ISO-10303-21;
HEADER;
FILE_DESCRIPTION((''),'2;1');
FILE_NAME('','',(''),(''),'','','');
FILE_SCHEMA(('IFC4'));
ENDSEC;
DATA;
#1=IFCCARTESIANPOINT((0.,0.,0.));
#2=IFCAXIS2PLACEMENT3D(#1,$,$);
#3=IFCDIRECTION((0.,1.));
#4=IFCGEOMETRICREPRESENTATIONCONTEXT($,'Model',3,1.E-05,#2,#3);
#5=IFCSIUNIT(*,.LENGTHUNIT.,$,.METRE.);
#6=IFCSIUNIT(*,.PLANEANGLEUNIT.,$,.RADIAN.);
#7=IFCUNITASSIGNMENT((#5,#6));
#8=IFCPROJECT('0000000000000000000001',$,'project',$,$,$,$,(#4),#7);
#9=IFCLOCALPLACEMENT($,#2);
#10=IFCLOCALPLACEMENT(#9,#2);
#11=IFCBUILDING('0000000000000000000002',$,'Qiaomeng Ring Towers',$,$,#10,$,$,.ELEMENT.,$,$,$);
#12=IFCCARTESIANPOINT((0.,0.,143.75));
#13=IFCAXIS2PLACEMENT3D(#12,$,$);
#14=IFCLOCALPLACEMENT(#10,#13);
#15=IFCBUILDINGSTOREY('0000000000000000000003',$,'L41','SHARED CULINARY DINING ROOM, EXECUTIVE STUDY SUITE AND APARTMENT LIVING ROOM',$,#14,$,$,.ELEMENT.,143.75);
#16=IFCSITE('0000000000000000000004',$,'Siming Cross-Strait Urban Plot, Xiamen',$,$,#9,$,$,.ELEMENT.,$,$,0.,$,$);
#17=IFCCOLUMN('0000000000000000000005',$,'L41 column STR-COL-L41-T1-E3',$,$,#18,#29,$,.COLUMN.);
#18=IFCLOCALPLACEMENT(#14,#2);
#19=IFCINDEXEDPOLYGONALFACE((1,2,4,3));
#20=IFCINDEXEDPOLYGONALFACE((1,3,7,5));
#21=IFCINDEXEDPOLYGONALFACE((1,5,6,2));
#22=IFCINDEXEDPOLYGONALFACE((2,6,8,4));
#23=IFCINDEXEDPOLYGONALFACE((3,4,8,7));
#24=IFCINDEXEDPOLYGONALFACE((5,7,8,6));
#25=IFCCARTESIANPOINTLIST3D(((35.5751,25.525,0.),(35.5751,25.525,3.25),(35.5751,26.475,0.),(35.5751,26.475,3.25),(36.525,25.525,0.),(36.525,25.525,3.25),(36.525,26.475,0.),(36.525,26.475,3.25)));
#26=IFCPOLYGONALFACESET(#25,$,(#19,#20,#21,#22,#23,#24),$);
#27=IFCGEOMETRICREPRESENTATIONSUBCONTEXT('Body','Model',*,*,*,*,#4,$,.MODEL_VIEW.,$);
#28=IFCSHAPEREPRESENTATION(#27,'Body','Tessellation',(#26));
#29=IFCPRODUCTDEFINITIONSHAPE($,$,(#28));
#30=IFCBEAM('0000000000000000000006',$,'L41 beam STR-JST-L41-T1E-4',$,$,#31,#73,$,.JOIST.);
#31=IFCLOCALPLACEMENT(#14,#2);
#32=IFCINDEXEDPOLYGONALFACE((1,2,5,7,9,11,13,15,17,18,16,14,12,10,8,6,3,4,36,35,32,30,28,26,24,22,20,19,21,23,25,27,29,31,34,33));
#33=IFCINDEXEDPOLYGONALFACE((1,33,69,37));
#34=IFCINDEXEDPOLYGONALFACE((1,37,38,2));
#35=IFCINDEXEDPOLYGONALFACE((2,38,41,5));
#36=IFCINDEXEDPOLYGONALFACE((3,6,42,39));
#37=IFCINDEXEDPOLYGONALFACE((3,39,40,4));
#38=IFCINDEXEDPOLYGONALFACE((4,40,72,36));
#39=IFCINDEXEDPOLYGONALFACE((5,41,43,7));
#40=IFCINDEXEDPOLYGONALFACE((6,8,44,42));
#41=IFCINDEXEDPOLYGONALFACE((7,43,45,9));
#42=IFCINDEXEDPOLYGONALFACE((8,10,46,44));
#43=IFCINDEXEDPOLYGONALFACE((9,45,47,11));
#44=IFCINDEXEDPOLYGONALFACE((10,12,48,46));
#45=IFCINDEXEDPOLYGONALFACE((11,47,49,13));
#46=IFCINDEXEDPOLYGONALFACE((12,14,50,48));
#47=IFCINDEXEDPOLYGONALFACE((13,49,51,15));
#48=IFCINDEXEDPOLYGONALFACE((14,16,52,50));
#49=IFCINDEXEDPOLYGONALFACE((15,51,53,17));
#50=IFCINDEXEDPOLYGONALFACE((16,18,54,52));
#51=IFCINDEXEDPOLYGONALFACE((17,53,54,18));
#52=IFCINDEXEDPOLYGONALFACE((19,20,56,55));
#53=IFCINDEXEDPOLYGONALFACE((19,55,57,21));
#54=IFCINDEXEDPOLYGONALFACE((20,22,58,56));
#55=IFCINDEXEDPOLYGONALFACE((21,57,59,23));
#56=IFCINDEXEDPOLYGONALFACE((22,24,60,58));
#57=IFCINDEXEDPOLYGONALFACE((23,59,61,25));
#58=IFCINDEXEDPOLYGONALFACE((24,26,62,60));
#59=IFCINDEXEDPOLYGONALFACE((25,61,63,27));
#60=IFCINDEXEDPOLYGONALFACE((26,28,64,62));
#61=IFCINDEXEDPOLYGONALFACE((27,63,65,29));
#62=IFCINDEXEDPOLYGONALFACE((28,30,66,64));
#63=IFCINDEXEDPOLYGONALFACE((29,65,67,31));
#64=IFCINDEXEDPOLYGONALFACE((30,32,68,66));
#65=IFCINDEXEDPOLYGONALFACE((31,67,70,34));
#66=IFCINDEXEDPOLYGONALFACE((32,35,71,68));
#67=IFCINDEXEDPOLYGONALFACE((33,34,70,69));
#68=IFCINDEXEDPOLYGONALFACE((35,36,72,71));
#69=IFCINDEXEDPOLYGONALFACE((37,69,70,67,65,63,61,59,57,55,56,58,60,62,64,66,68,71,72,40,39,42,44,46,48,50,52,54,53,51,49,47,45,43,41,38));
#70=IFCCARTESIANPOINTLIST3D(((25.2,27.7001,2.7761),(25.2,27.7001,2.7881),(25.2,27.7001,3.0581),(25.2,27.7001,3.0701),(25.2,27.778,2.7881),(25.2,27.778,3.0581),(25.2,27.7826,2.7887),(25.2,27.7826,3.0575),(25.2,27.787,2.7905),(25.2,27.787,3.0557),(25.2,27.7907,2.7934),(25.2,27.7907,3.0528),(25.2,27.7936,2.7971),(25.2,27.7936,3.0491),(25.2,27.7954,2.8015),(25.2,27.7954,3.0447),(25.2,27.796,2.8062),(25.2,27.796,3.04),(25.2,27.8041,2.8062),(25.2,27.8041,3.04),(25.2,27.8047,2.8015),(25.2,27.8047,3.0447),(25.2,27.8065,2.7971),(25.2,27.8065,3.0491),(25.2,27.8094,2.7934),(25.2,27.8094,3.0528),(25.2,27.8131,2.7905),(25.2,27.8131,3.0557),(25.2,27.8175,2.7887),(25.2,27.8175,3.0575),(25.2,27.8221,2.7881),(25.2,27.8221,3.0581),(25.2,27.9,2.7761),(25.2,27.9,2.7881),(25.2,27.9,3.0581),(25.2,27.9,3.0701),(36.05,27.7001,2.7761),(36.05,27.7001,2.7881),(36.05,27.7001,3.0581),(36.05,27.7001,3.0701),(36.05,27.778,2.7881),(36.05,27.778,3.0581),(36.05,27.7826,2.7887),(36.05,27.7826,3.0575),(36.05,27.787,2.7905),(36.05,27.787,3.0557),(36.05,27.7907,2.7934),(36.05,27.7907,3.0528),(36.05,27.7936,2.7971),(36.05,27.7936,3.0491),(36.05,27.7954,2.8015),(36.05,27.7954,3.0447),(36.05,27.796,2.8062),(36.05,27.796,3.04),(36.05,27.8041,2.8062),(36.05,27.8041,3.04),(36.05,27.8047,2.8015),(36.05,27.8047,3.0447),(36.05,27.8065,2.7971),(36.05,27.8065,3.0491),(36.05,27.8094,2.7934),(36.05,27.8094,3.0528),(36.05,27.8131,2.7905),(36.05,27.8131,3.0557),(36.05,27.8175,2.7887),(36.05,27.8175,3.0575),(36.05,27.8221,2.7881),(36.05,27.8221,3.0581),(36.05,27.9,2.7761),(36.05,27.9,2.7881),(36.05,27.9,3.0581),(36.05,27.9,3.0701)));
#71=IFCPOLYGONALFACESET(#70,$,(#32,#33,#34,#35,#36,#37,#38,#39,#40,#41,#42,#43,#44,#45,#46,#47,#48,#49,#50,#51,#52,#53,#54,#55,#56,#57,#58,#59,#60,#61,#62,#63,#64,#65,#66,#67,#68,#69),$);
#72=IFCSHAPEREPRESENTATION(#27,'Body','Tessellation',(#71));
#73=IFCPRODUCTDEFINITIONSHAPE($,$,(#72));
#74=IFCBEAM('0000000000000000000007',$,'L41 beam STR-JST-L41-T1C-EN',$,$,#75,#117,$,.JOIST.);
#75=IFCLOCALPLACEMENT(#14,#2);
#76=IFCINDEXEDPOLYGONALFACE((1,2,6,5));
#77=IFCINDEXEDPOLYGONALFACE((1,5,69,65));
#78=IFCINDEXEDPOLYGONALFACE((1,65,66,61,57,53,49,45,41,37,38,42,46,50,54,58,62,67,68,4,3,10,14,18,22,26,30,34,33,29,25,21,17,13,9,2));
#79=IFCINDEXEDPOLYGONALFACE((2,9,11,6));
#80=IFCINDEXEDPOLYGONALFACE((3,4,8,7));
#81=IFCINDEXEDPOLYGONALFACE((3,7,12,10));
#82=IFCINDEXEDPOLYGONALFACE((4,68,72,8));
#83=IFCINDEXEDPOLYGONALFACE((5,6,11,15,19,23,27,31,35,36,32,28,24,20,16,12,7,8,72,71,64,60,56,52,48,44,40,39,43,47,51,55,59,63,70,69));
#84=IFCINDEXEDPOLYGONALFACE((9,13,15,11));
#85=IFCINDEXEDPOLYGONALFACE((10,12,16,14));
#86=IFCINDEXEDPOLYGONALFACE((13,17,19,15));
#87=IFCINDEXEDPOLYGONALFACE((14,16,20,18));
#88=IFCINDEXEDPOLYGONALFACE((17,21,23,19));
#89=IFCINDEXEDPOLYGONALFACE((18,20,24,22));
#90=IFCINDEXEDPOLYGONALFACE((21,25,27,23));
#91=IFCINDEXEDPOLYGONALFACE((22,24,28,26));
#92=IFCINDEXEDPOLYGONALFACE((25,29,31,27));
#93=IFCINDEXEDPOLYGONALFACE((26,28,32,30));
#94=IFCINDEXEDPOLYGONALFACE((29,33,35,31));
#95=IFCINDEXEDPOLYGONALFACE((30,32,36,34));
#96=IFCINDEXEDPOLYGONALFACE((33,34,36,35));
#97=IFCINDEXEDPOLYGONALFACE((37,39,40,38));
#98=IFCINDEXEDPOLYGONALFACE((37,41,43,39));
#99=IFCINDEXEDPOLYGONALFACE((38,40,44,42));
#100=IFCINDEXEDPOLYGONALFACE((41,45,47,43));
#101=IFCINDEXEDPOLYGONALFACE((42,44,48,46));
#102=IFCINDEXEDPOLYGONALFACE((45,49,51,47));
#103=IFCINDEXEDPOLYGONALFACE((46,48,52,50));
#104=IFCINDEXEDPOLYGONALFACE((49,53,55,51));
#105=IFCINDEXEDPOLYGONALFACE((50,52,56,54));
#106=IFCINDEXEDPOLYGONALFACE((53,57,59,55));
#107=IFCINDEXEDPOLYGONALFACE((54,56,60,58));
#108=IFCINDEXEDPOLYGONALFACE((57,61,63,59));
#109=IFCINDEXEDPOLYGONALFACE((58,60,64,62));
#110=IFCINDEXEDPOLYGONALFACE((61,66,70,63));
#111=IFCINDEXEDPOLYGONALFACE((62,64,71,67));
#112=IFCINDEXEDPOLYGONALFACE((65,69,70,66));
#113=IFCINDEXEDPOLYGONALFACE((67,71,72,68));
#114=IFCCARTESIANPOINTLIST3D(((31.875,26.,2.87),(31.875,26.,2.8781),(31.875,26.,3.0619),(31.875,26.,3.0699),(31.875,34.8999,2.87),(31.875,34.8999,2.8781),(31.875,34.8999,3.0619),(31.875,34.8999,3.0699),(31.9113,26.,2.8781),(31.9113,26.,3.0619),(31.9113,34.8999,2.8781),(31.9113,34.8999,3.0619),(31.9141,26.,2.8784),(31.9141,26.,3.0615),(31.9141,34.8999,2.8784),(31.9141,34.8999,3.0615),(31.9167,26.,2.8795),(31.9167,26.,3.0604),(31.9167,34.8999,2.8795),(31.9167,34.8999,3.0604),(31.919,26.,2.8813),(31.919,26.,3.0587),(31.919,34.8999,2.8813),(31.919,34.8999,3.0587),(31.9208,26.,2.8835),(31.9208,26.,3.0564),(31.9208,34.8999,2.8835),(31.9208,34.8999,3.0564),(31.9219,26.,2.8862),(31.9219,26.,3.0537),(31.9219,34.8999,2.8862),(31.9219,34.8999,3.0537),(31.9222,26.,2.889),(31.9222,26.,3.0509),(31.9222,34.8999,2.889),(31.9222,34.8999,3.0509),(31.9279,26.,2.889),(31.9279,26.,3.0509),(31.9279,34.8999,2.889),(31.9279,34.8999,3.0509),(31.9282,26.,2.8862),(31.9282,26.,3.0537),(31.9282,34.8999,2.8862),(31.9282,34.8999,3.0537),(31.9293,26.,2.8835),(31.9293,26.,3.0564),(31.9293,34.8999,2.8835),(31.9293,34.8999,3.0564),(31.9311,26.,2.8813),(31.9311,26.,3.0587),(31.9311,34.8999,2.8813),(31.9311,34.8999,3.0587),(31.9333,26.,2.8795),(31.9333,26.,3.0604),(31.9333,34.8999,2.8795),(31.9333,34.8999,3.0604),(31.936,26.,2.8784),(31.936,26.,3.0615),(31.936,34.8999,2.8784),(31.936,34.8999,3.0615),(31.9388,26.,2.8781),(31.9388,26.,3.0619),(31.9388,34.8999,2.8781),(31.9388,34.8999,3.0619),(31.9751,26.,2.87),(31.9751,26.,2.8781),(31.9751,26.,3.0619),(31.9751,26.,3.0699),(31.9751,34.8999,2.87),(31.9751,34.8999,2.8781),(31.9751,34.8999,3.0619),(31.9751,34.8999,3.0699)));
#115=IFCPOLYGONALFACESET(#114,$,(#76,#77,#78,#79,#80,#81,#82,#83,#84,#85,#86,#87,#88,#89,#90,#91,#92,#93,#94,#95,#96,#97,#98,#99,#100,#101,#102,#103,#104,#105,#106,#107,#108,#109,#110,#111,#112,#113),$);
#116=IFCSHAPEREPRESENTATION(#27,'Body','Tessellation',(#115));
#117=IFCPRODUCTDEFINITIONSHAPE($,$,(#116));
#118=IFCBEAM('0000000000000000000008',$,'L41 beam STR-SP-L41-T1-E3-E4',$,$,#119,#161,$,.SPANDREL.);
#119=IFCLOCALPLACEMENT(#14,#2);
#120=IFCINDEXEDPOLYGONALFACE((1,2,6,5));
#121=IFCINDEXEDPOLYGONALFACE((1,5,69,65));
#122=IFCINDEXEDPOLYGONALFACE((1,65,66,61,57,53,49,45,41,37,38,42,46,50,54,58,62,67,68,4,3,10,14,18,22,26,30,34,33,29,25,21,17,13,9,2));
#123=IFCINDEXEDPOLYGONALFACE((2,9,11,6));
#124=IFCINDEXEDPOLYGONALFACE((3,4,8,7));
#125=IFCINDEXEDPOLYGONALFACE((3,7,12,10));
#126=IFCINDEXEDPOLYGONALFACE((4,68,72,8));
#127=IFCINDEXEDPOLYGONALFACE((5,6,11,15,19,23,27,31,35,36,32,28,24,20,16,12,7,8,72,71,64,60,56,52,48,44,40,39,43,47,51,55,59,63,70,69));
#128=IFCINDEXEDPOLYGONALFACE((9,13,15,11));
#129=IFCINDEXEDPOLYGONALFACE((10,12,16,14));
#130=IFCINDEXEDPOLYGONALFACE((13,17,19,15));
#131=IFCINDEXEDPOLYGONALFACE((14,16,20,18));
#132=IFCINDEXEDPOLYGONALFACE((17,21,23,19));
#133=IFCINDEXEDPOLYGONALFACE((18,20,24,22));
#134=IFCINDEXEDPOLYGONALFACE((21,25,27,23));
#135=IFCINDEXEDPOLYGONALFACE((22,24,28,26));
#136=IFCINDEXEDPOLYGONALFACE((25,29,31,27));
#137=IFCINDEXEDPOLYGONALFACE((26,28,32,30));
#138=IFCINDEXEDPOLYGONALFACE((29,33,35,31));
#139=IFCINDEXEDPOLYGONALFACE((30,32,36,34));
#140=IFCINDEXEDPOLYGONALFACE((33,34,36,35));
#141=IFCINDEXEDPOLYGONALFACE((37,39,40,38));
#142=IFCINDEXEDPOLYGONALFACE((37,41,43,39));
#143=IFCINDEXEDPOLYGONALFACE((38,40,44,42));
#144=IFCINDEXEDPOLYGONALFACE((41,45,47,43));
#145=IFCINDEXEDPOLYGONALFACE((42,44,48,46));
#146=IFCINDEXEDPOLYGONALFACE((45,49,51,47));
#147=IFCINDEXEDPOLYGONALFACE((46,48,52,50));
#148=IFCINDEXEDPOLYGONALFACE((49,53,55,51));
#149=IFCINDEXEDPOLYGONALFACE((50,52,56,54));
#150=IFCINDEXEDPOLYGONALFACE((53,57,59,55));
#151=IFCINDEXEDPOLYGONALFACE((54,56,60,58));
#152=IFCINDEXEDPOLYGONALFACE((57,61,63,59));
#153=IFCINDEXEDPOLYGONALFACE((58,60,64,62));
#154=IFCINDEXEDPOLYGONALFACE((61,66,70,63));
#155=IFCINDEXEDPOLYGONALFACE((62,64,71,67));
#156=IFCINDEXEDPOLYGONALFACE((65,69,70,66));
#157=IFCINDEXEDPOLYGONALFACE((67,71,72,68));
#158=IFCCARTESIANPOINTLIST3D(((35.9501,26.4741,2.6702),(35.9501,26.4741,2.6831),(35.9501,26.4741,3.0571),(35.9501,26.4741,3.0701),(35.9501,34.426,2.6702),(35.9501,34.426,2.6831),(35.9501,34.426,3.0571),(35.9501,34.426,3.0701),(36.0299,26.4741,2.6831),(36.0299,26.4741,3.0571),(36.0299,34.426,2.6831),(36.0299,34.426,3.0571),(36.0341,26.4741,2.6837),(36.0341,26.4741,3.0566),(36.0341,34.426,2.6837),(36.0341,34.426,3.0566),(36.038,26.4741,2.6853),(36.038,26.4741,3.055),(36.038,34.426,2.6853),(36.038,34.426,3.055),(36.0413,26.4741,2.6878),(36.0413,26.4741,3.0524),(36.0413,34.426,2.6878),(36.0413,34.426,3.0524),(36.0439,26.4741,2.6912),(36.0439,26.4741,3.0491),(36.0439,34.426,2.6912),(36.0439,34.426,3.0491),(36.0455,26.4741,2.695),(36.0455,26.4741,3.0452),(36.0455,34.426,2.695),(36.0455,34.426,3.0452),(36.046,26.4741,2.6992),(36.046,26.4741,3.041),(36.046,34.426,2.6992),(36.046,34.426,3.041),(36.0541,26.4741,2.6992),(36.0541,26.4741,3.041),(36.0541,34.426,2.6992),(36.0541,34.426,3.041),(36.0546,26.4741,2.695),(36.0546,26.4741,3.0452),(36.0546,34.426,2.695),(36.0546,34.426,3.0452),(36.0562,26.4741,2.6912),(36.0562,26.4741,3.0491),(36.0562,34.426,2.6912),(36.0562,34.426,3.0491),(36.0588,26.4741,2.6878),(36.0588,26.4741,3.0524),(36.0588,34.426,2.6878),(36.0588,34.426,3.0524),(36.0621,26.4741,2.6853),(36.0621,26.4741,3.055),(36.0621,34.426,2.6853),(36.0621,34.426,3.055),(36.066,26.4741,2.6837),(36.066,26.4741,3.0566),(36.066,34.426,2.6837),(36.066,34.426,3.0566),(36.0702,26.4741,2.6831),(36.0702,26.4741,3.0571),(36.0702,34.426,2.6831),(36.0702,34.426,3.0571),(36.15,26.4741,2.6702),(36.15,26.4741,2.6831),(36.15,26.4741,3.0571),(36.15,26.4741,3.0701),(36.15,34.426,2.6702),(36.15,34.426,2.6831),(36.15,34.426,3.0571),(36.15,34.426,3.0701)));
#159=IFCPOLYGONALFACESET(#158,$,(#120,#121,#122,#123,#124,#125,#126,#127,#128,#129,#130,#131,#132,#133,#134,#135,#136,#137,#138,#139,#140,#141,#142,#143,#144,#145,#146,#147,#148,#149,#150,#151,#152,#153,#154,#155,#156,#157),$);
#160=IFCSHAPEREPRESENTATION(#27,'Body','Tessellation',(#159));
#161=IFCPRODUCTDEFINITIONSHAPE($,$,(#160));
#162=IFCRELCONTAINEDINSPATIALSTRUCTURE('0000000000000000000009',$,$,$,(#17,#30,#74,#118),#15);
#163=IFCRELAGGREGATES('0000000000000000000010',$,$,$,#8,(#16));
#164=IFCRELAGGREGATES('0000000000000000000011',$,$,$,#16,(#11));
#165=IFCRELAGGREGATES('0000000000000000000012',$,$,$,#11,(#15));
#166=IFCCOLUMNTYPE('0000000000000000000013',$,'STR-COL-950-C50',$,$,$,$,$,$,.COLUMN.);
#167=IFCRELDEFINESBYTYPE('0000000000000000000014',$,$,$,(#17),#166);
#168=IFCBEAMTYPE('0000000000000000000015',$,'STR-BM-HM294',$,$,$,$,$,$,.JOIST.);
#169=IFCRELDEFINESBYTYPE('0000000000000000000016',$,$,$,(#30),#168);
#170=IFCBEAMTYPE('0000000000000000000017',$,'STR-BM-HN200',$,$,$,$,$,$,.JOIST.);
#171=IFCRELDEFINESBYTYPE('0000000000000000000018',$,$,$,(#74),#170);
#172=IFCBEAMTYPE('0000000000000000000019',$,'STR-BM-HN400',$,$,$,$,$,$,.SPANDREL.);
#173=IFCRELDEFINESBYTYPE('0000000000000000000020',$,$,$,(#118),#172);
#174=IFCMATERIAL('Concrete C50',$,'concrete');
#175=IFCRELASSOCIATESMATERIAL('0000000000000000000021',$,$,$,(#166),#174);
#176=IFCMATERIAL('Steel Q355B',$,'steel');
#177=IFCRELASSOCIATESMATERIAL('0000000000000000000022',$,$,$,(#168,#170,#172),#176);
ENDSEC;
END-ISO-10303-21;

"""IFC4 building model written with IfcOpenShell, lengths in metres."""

from ifc_helpers import new_model, si_unit, direction, frame, origin, origin_2d, place, context, subcontext, project, spatial, rectangle, i_section, extrude, source, transform, mapped, material, material_profile, profile_set, type_object, element, save


model = new_model("IFC4")

# Units and contexts
model_context = context("Model", 3, precision=1e-05, world=origin(), true_north=direction((0.0, 1.0)))
body_context = subcontext(model_context, "Body", "Model", "MODEL_VIEW")
ifc_project = project(units=[si_unit("LENGTHUNIT", "METRE"), si_unit("PLANEANGLEUNIT", "RADIAN")], contexts=[model_context])

# Site, building, storey
site_placement = place(None, origin())
site = spatial("IfcSite", under=ifc_project, at=site_placement, Name="Siming Cross-Strait Urban Plot, Xiamen", CompositionType="ELEMENT", RefElevation=0.0)
building_placement = place(site_placement, origin())
building = spatial("IfcBuilding", under=site, at=building_placement, Name="Qiaomeng Ring Towers", CompositionType="ELEMENT")
storey_placement = place(building_placement, frame((0.0, 0.0, 143.75)))
storey = spatial("IfcBuildingStorey", under=building, at=storey_placement, Name="L41", Description="SHARED CULINARY DINING ROOM, EXECUTIVE STUDY SUITE AND APARTMENT LIVING ROOM", CompositionType="ELEMENT", Elevation=143.75)

# Column
ifc_material_1 = material(Name="Concrete C50", Category="concrete")
ifc_material_profile_1 = material_profile(ifc_material_1, rectangle(XDim=0.95, YDim=0.95, at=origin_2d()), Name="RC COL 950x950")
ifc_profile_set_1 = profile_set([ifc_material_profile_1], Name="Concrete C50")
column_type = type_object("IfcColumnType", Name="STR-COL-950-C50", PredefinedType="COLUMN", material=ifc_profile_set_1)
shared_shape_1 = source(origin(), body_context, "Body", "SweptSolid", [
    extrude(rectangle(XDim=0.95, YDim=0.95, at=origin_2d()), origin(), (0.0, 0.0, 1.0), 3.25),
])
column_placement = place(storey_placement, frame((36.05, 26.0, 0.0), z_axis=(0.0, 0.0, 1.0), x_axis=(1.0, 0.0, 0.0)))
element("IfcColumn", 1, at=column_placement, inside=storey, type_object=column_type, Name="L41 column STR-COL-L41-T1-E3", PredefinedType="COLUMN", context=body_context, shape_type="MappedRepresentation", body=[
    mapped(shared_shape_1, transform((0.0, 0.0, 0.0), x_axis=(1.0, 0.0, 0.0), y_axis=(0.0, 1.0, 0.0), z_axis=(0.0, 0.0, 1.0), scale=1.0)),
])

# Beams
ifc_material_2 = material(Name="Steel Q355B", Category="steel")
ifc_material_profile_2 = material_profile(ifc_material_2, i_section(OverallWidth=0.2, OverallDepth=0.2939, WebThickness=0.0081, FlangeThickness=0.012, FilletRadius=0.0181, at=origin_2d()), Name="HM 294x200x8x12")
ifc_profile_set_2 = profile_set([ifc_material_profile_2], Name="Steel Q355B")
beam_type_1 = type_object("IfcBeamType", Name="STR-BM-HM294", PredefinedType="JOIST", material=ifc_profile_set_2)
shared_shape_2 = source(origin(), body_context, "Body", "SweptSolid", [
    extrude(i_section(OverallWidth=0.2, OverallDepth=0.2939, WebThickness=0.0081, FlangeThickness=0.012, FilletRadius=0.0181, at=origin_2d()), origin(), (0.0, 0.0, 1.0), 10.8501),
])
beam_1_placement = place(storey_placement, frame((25.2, 27.8, 2.9231), z_axis=(1.0, 0.0, 0.0), x_axis=(0.0, 1.0, 0.0)))
element("IfcBeam", 2, at=beam_1_placement, inside=storey, type_object=beam_type_1, Name="L41 beam STR-JST-L41-T1E-4", PredefinedType="JOIST", context=body_context, shape_type="MappedRepresentation", body=[
    mapped(shared_shape_2, transform((0.0, 0.0, 0.0), x_axis=(1.0, 0.0, 0.0), y_axis=(0.0, 1.0, 0.0), z_axis=(0.0, 0.0, 1.0), scale=1.0)),
])
ifc_material_profile_3 = material_profile(ifc_material_2, i_section(OverallWidth=0.1001, OverallDepth=0.2, WebThickness=0.0056, FlangeThickness=0.0081, FilletRadius=0.011, at=origin_2d()), Name="HN 200x100x5.5x8")
ifc_profile_set_3 = profile_set([ifc_material_profile_3], Name="Steel Q355B")
beam_type_2 = type_object("IfcBeamType", Name="STR-BM-HN200", PredefinedType="JOIST", material=ifc_profile_set_3)
shared_shape_3 = source(origin(), body_context, "Body", "SweptSolid", [
    extrude(i_section(OverallWidth=0.1001, OverallDepth=0.2, WebThickness=0.0056, FlangeThickness=0.0081, FilletRadius=0.011, at=origin_2d()), origin(), (0.0, 0.0, 1.0), 8.8999),
])
beam_2_placement = place(storey_placement, frame((31.925, 26.0, 2.97), z_axis=(0.0, 1.0, 0.0), x_axis=(-1.0, 0.0, 0.0)))
element("IfcBeam", 3, at=beam_2_placement, inside=storey, type_object=beam_type_2, Name="L41 beam STR-JST-L41-T1C-EN", PredefinedType="JOIST", context=body_context, shape_type="MappedRepresentation", body=[
    mapped(shared_shape_3, transform((0.0, 0.0, 0.0), x_axis=(1.0, 0.0, 0.0), y_axis=(0.0, 1.0, 0.0), z_axis=(0.0, 0.0, 1.0), scale=1.0)),
])
ifc_material_profile_4 = material_profile(ifc_material_2, i_section(OverallWidth=0.2, OverallDepth=0.3999, WebThickness=0.0081, FlangeThickness=0.0129, FilletRadius=0.0161, at=origin_2d()), Name="HN 400x200x8x13")
ifc_profile_set_4 = profile_set([ifc_material_profile_4], Name="Steel Q355B")
beam_type_3 = type_object("IfcBeamType", Name="STR-BM-HN400", PredefinedType="SPANDREL", material=ifc_profile_set_4)
shared_shape_4 = source(origin(), body_context, "Body", "SweptSolid", [
    extrude(i_section(OverallWidth=0.2, OverallDepth=0.3999, WebThickness=0.0081, FlangeThickness=0.0129, FilletRadius=0.0161, at=origin_2d()), origin(), (0.0, 0.0, 1.0), 7.9519),
])
beam_3_placement = place(storey_placement, frame((36.05, 26.4741, 2.8701), z_axis=(0.0, 1.0, 0.0), x_axis=(-1.0, 0.0, 0.0)))
element("IfcBeam", 4, at=beam_3_placement, inside=storey, type_object=beam_type_3, Name="L41 beam STR-SP-L41-T1-E3-E4", PredefinedType="SPANDREL", context=body_context, shape_type="MappedRepresentation", body=[
    mapped(shared_shape_4, transform((0.0, 0.0, 0.0), x_axis=(1.0, 0.0, 0.0), y_axis=(0.0, 1.0, 0.0), z_axis=(0.0, 0.0, 1.0), scale=1.0)),
])

save(model, "model.ifc")
